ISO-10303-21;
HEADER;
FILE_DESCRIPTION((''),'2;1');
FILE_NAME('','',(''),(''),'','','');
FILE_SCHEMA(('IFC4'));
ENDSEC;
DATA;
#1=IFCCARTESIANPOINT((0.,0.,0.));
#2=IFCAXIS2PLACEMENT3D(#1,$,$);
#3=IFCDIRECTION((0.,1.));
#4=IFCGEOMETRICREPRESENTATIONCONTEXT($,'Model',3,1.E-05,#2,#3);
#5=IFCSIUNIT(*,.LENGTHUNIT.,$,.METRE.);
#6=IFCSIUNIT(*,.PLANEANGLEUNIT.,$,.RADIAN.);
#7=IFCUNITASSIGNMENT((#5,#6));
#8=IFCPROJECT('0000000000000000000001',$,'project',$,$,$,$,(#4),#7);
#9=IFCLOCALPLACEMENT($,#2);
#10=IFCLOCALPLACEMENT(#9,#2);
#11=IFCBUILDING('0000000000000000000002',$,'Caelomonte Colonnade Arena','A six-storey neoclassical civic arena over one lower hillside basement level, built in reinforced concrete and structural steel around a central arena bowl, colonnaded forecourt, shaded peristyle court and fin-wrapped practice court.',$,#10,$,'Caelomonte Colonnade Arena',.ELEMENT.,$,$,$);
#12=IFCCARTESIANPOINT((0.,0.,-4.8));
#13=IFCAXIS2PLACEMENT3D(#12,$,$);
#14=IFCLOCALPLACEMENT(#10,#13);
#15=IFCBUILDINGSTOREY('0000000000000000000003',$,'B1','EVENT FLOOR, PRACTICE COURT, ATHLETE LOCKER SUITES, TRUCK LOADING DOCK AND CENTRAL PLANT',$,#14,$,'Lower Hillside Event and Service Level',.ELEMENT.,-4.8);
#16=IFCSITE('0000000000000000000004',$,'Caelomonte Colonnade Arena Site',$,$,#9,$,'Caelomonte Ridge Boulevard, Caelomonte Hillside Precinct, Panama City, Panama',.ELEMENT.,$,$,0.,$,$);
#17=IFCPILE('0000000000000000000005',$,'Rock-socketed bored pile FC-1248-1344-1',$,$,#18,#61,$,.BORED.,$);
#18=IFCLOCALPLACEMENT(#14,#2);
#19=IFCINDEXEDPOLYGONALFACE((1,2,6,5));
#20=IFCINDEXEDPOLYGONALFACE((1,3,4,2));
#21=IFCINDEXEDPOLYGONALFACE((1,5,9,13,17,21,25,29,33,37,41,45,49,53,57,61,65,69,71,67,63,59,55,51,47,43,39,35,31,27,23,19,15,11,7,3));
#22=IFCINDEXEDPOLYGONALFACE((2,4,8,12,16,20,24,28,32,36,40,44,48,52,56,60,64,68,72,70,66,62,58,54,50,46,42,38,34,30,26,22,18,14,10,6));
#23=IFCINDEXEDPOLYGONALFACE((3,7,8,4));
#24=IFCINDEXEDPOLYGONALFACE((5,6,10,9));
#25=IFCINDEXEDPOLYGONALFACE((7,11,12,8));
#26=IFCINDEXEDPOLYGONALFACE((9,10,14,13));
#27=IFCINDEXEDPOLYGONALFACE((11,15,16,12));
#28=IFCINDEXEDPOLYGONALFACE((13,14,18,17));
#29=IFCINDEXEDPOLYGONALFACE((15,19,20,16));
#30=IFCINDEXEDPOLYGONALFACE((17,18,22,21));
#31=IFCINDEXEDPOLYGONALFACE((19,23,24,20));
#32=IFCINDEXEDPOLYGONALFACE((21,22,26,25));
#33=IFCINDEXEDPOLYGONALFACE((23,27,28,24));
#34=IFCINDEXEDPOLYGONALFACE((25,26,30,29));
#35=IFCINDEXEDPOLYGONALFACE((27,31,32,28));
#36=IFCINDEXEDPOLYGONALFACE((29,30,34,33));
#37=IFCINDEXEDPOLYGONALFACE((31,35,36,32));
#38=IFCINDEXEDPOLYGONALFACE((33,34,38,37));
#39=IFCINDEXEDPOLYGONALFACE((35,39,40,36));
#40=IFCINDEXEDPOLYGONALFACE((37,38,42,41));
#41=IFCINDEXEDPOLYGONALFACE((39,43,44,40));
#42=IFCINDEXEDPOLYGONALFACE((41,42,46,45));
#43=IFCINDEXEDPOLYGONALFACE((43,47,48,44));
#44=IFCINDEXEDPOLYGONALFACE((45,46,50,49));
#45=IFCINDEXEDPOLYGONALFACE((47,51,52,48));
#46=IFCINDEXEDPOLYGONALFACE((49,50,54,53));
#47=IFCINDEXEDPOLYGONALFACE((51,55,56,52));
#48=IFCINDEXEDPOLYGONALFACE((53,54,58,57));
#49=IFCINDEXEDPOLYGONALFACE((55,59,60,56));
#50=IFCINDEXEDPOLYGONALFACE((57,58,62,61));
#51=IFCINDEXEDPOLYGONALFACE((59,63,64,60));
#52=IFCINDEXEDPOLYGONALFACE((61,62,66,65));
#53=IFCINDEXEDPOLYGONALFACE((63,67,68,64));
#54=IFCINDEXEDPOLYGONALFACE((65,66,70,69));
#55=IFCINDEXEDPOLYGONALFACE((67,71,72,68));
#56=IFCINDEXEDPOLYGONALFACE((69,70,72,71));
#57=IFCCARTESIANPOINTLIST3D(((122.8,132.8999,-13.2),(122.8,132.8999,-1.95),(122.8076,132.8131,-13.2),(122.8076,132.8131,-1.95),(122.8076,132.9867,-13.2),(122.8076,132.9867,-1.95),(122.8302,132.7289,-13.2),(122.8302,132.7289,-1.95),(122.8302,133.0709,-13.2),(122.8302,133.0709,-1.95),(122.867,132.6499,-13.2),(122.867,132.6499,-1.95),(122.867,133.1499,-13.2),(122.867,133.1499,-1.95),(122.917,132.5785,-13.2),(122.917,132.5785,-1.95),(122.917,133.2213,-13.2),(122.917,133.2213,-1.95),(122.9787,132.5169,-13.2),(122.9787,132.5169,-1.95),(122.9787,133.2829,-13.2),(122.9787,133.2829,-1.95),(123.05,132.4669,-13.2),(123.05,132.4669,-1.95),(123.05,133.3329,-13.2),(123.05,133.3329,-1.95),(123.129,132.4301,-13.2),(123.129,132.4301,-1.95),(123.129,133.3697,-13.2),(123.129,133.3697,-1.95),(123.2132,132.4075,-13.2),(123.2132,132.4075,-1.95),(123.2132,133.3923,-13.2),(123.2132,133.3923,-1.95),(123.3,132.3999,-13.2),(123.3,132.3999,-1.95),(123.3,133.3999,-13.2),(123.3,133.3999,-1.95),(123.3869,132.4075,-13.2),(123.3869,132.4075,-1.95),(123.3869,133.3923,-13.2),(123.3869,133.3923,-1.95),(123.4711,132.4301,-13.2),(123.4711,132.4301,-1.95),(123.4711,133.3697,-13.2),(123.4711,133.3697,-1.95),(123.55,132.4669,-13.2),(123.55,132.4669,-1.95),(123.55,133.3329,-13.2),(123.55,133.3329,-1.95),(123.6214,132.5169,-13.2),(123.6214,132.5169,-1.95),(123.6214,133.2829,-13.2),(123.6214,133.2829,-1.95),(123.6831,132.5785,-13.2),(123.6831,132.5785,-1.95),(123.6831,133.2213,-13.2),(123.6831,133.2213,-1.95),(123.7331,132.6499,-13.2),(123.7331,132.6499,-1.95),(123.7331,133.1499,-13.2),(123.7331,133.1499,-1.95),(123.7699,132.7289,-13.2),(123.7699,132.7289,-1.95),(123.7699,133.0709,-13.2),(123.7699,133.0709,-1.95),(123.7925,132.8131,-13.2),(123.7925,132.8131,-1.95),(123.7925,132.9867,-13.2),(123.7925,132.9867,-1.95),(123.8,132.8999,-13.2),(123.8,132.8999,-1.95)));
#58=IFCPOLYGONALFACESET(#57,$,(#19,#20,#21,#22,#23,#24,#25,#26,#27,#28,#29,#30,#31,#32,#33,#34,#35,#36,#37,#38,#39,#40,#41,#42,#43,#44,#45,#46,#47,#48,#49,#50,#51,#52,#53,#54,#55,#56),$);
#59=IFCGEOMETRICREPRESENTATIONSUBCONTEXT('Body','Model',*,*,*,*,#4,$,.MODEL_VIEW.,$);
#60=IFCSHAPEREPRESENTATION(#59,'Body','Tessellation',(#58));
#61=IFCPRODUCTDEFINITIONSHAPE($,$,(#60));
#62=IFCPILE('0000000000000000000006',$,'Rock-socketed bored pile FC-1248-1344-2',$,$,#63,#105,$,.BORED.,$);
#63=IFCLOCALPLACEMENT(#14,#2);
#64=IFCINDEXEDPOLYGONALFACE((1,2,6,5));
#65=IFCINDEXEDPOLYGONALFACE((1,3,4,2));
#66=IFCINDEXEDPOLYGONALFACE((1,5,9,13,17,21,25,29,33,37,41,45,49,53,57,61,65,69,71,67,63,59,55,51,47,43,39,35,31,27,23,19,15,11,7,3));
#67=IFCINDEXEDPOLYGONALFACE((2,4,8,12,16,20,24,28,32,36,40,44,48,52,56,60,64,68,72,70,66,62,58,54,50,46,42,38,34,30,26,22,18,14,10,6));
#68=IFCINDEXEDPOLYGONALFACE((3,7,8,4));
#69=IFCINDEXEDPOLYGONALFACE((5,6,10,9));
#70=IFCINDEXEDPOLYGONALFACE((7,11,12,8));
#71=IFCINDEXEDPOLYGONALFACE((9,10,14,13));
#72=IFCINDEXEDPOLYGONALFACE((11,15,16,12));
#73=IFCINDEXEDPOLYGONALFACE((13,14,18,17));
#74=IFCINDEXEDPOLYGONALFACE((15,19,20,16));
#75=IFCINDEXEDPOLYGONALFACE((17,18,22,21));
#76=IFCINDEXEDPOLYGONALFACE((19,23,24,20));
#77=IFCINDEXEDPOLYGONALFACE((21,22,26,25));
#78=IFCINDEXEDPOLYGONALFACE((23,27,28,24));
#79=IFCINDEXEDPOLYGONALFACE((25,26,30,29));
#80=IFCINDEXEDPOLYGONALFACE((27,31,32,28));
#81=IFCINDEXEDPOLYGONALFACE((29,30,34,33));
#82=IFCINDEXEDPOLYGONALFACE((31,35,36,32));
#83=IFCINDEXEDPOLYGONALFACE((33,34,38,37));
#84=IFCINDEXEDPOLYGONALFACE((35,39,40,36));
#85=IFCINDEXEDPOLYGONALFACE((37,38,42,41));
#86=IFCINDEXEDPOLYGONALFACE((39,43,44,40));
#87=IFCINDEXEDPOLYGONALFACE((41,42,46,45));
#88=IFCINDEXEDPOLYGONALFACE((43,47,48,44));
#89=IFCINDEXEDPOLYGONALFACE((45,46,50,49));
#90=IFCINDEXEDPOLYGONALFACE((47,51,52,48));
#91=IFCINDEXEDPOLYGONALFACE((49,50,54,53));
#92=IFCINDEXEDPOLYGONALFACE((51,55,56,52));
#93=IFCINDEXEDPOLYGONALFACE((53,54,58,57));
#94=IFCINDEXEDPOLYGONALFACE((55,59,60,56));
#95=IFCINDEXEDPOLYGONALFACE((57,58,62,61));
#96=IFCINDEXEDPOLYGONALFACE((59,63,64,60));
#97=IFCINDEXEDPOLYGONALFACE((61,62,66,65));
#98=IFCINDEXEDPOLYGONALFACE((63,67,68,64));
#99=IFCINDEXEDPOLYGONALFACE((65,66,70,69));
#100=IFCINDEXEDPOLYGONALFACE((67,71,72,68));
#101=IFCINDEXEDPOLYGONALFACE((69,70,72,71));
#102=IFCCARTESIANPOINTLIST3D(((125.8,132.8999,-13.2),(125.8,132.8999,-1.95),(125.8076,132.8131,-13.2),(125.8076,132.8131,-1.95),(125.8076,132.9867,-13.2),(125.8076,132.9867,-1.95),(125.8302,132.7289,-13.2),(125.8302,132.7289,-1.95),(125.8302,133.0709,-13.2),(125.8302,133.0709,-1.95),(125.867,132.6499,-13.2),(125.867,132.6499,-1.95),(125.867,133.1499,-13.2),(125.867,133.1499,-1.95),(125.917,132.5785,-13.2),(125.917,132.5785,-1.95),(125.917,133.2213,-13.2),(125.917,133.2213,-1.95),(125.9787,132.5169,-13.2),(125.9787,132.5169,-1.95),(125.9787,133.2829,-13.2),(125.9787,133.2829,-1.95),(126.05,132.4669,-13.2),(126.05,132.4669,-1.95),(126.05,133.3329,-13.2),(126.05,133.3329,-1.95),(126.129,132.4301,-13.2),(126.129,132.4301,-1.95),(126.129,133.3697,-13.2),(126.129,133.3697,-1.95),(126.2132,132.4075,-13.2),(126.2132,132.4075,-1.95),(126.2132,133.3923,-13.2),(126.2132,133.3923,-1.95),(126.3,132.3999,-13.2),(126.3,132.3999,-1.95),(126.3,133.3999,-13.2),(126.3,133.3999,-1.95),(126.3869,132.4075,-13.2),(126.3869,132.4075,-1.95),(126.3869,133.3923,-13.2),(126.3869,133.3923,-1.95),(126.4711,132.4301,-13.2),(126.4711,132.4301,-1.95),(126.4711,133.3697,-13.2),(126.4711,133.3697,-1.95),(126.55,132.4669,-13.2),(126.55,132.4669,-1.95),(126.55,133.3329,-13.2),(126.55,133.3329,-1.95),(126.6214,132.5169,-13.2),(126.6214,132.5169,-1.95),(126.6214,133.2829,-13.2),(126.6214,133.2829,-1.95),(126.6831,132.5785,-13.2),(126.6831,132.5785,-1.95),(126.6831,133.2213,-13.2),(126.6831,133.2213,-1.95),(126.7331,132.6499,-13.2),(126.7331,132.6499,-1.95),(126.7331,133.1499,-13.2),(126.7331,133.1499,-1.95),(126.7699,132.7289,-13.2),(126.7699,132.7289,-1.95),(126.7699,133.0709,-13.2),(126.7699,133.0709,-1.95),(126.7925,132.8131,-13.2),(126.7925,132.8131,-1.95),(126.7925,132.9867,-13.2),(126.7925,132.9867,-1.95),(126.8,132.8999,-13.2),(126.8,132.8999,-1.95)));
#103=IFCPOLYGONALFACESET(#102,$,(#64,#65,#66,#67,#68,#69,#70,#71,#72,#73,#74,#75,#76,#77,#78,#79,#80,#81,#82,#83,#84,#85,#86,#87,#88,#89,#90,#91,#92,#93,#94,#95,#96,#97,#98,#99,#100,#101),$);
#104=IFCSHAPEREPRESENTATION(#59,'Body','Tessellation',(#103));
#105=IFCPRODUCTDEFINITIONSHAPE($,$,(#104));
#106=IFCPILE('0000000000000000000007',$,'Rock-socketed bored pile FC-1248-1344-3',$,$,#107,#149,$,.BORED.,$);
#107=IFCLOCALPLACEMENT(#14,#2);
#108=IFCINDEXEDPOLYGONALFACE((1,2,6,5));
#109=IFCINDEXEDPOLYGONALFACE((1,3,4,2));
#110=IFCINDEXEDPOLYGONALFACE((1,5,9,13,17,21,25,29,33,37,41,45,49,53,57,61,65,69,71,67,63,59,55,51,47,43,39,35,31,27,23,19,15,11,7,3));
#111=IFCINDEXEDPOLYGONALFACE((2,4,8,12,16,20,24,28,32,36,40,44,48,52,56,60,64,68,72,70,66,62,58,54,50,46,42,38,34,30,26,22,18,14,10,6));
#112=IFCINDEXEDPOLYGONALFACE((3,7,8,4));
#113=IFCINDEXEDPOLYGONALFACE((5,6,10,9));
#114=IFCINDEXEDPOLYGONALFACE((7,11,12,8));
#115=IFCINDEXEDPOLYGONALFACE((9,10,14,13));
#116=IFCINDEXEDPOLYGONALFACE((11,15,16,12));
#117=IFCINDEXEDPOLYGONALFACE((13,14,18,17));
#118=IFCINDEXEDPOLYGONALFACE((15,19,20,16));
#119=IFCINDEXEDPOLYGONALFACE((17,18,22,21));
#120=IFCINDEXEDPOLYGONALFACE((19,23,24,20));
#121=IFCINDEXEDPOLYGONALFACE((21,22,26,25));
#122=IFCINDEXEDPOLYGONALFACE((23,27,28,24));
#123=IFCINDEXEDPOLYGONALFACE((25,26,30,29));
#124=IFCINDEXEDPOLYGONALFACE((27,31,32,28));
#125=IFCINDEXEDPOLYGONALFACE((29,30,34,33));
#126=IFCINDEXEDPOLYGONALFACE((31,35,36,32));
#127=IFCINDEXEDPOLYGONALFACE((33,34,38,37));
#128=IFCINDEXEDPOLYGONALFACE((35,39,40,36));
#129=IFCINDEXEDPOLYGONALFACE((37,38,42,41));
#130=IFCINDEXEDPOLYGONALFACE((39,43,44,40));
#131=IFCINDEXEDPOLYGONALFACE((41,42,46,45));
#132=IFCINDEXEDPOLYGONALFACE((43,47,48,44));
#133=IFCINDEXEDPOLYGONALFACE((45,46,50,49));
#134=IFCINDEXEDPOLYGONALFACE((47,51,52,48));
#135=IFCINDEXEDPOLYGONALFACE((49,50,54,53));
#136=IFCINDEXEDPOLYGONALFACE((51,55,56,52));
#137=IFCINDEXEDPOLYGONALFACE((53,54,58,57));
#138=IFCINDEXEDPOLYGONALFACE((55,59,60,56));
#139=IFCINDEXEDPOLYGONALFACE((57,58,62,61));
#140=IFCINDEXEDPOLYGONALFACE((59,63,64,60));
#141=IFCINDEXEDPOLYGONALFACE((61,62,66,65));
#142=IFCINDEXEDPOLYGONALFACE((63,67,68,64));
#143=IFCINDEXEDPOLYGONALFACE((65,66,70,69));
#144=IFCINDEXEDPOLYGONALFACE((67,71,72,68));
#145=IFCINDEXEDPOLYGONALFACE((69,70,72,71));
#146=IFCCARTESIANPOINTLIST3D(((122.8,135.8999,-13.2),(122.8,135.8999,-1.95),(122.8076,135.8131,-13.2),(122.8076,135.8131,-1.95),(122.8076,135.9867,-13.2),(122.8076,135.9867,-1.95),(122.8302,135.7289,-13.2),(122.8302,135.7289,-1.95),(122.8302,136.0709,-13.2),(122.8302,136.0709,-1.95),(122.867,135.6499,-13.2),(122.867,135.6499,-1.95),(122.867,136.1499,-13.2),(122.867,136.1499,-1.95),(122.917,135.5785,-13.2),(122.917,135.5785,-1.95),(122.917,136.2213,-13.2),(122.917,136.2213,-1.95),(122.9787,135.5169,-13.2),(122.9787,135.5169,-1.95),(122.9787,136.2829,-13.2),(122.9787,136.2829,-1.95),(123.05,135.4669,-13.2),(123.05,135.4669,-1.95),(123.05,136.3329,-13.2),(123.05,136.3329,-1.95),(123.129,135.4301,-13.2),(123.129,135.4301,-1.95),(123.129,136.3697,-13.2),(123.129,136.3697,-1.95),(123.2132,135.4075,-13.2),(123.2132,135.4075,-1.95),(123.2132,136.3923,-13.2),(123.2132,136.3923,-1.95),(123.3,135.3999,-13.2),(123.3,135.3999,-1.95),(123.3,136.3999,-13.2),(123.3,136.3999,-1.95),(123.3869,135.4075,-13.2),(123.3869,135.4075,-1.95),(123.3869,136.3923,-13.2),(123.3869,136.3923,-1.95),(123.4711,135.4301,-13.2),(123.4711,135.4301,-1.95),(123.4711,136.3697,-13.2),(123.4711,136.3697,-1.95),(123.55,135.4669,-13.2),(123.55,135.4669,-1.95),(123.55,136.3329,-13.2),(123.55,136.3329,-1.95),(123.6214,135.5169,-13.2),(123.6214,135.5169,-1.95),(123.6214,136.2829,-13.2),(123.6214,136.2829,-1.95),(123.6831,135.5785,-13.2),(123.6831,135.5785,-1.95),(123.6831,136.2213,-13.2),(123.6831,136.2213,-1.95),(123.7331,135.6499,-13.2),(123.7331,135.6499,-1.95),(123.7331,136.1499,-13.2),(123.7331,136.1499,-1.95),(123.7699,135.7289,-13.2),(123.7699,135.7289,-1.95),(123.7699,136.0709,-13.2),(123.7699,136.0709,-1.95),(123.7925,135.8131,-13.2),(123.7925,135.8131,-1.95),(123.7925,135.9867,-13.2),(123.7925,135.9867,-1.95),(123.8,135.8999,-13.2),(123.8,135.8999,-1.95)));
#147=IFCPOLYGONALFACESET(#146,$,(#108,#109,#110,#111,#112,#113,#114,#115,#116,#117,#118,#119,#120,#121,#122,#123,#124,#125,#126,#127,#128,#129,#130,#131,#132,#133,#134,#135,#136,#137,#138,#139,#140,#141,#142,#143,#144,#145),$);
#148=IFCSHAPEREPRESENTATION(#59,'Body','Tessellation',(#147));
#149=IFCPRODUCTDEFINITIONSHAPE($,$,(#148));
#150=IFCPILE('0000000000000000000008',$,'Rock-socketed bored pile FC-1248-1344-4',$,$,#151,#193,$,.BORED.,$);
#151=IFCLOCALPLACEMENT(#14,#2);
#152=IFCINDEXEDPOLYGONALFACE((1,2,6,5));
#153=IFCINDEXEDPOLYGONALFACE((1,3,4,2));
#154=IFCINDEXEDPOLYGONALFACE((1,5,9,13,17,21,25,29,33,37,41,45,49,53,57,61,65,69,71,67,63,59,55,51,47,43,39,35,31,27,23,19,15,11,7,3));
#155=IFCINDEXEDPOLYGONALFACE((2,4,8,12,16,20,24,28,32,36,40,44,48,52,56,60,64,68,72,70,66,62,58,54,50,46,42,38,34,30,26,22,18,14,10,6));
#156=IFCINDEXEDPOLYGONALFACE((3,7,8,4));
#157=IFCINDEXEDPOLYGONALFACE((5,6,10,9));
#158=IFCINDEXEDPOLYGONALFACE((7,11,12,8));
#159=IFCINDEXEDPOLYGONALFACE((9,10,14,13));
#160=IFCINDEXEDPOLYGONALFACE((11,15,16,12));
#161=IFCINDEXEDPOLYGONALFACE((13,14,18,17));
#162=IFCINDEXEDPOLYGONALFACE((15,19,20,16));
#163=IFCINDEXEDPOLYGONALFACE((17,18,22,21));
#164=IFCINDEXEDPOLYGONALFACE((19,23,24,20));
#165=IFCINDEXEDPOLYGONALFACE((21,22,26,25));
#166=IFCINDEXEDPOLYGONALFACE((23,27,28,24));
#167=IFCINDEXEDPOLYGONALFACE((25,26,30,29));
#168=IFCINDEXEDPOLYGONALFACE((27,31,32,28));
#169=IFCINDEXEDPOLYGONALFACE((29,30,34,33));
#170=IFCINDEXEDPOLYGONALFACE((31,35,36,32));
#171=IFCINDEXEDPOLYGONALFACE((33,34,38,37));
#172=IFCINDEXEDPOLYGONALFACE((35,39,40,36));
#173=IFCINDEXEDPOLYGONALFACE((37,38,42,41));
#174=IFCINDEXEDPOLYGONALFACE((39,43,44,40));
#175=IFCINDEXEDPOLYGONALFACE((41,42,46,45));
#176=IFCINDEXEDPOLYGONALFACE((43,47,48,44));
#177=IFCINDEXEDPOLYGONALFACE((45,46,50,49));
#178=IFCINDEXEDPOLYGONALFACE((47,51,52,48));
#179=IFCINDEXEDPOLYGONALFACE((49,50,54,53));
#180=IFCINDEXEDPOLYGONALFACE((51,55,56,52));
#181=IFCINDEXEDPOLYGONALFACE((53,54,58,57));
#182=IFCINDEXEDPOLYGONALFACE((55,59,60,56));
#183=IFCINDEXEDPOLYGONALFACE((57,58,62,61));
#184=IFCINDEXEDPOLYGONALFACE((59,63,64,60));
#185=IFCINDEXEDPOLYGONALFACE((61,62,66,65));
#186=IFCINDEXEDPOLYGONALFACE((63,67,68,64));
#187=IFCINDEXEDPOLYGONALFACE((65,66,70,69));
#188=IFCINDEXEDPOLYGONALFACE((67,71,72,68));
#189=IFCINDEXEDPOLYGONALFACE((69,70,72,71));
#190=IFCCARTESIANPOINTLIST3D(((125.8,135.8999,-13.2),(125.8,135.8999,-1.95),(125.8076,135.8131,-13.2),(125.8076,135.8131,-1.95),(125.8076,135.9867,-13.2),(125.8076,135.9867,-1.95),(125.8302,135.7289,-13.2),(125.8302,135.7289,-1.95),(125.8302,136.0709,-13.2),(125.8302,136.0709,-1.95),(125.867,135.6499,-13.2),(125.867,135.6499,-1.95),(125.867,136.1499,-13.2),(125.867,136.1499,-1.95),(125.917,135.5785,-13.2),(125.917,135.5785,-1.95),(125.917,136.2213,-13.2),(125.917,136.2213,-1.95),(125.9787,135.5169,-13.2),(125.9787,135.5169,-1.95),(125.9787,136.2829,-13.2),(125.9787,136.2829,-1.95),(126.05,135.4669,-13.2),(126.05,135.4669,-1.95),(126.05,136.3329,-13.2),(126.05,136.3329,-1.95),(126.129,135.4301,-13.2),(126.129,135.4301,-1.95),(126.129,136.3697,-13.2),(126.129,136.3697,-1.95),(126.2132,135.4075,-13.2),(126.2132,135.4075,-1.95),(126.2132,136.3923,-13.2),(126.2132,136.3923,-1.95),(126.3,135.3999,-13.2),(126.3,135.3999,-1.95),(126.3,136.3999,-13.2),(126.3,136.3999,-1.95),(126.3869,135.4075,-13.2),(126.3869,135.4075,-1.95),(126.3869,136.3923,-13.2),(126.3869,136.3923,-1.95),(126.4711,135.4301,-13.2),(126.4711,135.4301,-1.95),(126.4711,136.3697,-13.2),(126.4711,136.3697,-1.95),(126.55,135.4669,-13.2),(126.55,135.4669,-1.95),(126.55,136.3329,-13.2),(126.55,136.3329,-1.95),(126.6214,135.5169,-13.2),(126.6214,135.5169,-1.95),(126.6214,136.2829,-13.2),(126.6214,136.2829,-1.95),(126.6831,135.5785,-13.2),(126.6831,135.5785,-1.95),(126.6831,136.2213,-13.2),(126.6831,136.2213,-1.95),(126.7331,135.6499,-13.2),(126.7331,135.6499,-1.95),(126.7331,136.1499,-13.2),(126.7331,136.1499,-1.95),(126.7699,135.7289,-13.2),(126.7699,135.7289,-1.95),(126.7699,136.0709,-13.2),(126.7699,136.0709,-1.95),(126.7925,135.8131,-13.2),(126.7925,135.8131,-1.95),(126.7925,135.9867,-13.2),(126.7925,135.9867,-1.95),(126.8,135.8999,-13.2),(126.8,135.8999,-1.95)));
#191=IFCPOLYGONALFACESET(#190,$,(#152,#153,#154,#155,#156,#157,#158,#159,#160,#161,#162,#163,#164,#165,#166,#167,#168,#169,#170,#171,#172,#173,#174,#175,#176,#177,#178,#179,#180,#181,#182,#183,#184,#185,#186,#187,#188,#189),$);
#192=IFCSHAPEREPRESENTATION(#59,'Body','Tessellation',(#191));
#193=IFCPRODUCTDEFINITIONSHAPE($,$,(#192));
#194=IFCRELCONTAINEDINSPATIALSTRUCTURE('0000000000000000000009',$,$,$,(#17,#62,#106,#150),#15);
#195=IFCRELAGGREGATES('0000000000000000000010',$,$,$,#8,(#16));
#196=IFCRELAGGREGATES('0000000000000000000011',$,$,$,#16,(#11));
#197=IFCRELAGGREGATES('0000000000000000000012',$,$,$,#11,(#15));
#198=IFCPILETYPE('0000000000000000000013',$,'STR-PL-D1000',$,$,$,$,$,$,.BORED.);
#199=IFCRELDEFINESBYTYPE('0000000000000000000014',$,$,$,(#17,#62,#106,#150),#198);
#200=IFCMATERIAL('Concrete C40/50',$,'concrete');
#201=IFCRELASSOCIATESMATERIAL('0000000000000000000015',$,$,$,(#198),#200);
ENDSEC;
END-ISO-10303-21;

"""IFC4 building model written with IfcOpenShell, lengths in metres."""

from ifc_helpers import new_model, si_unit, direction, frame, origin, origin_2d, place, context, subcontext, project, spatial, circle, extrude, material, material_profile, profile_set, type_object, element, save


model = new_model("IFC4")

# Units and contexts
model_context = context("Model", 3, precision=1e-05, world=origin(), true_north=direction((0.0, 1.0)))
body_context = subcontext(model_context, "Body", "Model", "MODEL_VIEW")
ifc_project = project(units=[si_unit("LENGTHUNIT", "METRE"), si_unit("PLANEANGLEUNIT", "RADIAN")], contexts=[model_context])

# Site, building, storey
site_placement = place(None, origin())
site = spatial("IfcSite", under=ifc_project, at=site_placement, Name="Caelomonte Colonnade Arena Site", LongName="Caelomonte Ridge Boulevard, Caelomonte Hillside Precinct, Panama City, Panama", CompositionType="ELEMENT", RefElevation=0.0)
building_placement = place(site_placement, origin())
building = spatial("IfcBuilding", under=site, at=building_placement, Name="Caelomonte Colonnade Arena", Description="A six-storey neoclassical civic arena over one lower hillside basement level, built in reinforced concrete and structural steel around a central arena bowl, colonnaded forecourt, shaded peristyle court and fin-wrapped practice court.", LongName="Caelomonte Colonnade Arena", CompositionType="ELEMENT")
storey_placement = place(building_placement, frame((0.0, 0.0, -4.8)))
storey = spatial("IfcBuildingStorey", under=building, at=storey_placement, Name="B1", Description="EVENT FLOOR, PRACTICE COURT, ATHLETE LOCKER SUITES, TRUCK LOADING DOCK AND CENTRAL PLANT", LongName="Lower Hillside Event and Service Level", CompositionType="ELEMENT", Elevation=-4.8)

# Shared definitions
ifc_material_1 = material(Name="Concrete C40/50", Category="concrete")

# Piles
ifc_material_profile_1 = material_profile(ifc_material_1, circle(Radius=0.5, at=origin_2d()), Name="PILE-D1000")
ifc_profile_set_1 = profile_set([ifc_material_profile_1], Name="Concrete C40/50")
pile_type_1 = type_object("IfcPileType", Name="STR-PL-D1000", PredefinedType="BORED", material=ifc_profile_set_1)
for number, where, z_axis, x_axis, name in (
    (1, (123.3, 132.8999, -1.95), (0.0, 0.0, -1.0), (1.0, 0.0, 0.0), "Rock-socketed bored pile FC-1248-1344-1"),
    (2, (126.3, 132.8999, -1.95), (0.0, 0.0, -1.0), (1.0, 0.0, 0.0), "Rock-socketed bored pile FC-1248-1344-2"),
    (3, (123.3, 135.8999, -1.95), (0.0, 0.0, -1.0), (1.0, 0.0, 0.0), "Rock-socketed bored pile FC-1248-1344-3"),
    (4, (126.3, 135.8999, -1.95), (0.0, 0.0, -1.0), (1.0, 0.0, 0.0), "Rock-socketed bored pile FC-1248-1344-4"),
):
    element("IfcPile", number, at=place(storey_placement, frame(where, z_axis=z_axis, x_axis=x_axis)), inside=storey, type_object=pile_type_1, Name=name, PredefinedType="BORED", context=body_context, shape_type="SweptSolid", body=[
        extrude(circle(Radius=0.5, at=origin_2d()), origin(), (0.0, 0.0, 1.0), 11.25),
    ])

save(model, "model.ifc")
